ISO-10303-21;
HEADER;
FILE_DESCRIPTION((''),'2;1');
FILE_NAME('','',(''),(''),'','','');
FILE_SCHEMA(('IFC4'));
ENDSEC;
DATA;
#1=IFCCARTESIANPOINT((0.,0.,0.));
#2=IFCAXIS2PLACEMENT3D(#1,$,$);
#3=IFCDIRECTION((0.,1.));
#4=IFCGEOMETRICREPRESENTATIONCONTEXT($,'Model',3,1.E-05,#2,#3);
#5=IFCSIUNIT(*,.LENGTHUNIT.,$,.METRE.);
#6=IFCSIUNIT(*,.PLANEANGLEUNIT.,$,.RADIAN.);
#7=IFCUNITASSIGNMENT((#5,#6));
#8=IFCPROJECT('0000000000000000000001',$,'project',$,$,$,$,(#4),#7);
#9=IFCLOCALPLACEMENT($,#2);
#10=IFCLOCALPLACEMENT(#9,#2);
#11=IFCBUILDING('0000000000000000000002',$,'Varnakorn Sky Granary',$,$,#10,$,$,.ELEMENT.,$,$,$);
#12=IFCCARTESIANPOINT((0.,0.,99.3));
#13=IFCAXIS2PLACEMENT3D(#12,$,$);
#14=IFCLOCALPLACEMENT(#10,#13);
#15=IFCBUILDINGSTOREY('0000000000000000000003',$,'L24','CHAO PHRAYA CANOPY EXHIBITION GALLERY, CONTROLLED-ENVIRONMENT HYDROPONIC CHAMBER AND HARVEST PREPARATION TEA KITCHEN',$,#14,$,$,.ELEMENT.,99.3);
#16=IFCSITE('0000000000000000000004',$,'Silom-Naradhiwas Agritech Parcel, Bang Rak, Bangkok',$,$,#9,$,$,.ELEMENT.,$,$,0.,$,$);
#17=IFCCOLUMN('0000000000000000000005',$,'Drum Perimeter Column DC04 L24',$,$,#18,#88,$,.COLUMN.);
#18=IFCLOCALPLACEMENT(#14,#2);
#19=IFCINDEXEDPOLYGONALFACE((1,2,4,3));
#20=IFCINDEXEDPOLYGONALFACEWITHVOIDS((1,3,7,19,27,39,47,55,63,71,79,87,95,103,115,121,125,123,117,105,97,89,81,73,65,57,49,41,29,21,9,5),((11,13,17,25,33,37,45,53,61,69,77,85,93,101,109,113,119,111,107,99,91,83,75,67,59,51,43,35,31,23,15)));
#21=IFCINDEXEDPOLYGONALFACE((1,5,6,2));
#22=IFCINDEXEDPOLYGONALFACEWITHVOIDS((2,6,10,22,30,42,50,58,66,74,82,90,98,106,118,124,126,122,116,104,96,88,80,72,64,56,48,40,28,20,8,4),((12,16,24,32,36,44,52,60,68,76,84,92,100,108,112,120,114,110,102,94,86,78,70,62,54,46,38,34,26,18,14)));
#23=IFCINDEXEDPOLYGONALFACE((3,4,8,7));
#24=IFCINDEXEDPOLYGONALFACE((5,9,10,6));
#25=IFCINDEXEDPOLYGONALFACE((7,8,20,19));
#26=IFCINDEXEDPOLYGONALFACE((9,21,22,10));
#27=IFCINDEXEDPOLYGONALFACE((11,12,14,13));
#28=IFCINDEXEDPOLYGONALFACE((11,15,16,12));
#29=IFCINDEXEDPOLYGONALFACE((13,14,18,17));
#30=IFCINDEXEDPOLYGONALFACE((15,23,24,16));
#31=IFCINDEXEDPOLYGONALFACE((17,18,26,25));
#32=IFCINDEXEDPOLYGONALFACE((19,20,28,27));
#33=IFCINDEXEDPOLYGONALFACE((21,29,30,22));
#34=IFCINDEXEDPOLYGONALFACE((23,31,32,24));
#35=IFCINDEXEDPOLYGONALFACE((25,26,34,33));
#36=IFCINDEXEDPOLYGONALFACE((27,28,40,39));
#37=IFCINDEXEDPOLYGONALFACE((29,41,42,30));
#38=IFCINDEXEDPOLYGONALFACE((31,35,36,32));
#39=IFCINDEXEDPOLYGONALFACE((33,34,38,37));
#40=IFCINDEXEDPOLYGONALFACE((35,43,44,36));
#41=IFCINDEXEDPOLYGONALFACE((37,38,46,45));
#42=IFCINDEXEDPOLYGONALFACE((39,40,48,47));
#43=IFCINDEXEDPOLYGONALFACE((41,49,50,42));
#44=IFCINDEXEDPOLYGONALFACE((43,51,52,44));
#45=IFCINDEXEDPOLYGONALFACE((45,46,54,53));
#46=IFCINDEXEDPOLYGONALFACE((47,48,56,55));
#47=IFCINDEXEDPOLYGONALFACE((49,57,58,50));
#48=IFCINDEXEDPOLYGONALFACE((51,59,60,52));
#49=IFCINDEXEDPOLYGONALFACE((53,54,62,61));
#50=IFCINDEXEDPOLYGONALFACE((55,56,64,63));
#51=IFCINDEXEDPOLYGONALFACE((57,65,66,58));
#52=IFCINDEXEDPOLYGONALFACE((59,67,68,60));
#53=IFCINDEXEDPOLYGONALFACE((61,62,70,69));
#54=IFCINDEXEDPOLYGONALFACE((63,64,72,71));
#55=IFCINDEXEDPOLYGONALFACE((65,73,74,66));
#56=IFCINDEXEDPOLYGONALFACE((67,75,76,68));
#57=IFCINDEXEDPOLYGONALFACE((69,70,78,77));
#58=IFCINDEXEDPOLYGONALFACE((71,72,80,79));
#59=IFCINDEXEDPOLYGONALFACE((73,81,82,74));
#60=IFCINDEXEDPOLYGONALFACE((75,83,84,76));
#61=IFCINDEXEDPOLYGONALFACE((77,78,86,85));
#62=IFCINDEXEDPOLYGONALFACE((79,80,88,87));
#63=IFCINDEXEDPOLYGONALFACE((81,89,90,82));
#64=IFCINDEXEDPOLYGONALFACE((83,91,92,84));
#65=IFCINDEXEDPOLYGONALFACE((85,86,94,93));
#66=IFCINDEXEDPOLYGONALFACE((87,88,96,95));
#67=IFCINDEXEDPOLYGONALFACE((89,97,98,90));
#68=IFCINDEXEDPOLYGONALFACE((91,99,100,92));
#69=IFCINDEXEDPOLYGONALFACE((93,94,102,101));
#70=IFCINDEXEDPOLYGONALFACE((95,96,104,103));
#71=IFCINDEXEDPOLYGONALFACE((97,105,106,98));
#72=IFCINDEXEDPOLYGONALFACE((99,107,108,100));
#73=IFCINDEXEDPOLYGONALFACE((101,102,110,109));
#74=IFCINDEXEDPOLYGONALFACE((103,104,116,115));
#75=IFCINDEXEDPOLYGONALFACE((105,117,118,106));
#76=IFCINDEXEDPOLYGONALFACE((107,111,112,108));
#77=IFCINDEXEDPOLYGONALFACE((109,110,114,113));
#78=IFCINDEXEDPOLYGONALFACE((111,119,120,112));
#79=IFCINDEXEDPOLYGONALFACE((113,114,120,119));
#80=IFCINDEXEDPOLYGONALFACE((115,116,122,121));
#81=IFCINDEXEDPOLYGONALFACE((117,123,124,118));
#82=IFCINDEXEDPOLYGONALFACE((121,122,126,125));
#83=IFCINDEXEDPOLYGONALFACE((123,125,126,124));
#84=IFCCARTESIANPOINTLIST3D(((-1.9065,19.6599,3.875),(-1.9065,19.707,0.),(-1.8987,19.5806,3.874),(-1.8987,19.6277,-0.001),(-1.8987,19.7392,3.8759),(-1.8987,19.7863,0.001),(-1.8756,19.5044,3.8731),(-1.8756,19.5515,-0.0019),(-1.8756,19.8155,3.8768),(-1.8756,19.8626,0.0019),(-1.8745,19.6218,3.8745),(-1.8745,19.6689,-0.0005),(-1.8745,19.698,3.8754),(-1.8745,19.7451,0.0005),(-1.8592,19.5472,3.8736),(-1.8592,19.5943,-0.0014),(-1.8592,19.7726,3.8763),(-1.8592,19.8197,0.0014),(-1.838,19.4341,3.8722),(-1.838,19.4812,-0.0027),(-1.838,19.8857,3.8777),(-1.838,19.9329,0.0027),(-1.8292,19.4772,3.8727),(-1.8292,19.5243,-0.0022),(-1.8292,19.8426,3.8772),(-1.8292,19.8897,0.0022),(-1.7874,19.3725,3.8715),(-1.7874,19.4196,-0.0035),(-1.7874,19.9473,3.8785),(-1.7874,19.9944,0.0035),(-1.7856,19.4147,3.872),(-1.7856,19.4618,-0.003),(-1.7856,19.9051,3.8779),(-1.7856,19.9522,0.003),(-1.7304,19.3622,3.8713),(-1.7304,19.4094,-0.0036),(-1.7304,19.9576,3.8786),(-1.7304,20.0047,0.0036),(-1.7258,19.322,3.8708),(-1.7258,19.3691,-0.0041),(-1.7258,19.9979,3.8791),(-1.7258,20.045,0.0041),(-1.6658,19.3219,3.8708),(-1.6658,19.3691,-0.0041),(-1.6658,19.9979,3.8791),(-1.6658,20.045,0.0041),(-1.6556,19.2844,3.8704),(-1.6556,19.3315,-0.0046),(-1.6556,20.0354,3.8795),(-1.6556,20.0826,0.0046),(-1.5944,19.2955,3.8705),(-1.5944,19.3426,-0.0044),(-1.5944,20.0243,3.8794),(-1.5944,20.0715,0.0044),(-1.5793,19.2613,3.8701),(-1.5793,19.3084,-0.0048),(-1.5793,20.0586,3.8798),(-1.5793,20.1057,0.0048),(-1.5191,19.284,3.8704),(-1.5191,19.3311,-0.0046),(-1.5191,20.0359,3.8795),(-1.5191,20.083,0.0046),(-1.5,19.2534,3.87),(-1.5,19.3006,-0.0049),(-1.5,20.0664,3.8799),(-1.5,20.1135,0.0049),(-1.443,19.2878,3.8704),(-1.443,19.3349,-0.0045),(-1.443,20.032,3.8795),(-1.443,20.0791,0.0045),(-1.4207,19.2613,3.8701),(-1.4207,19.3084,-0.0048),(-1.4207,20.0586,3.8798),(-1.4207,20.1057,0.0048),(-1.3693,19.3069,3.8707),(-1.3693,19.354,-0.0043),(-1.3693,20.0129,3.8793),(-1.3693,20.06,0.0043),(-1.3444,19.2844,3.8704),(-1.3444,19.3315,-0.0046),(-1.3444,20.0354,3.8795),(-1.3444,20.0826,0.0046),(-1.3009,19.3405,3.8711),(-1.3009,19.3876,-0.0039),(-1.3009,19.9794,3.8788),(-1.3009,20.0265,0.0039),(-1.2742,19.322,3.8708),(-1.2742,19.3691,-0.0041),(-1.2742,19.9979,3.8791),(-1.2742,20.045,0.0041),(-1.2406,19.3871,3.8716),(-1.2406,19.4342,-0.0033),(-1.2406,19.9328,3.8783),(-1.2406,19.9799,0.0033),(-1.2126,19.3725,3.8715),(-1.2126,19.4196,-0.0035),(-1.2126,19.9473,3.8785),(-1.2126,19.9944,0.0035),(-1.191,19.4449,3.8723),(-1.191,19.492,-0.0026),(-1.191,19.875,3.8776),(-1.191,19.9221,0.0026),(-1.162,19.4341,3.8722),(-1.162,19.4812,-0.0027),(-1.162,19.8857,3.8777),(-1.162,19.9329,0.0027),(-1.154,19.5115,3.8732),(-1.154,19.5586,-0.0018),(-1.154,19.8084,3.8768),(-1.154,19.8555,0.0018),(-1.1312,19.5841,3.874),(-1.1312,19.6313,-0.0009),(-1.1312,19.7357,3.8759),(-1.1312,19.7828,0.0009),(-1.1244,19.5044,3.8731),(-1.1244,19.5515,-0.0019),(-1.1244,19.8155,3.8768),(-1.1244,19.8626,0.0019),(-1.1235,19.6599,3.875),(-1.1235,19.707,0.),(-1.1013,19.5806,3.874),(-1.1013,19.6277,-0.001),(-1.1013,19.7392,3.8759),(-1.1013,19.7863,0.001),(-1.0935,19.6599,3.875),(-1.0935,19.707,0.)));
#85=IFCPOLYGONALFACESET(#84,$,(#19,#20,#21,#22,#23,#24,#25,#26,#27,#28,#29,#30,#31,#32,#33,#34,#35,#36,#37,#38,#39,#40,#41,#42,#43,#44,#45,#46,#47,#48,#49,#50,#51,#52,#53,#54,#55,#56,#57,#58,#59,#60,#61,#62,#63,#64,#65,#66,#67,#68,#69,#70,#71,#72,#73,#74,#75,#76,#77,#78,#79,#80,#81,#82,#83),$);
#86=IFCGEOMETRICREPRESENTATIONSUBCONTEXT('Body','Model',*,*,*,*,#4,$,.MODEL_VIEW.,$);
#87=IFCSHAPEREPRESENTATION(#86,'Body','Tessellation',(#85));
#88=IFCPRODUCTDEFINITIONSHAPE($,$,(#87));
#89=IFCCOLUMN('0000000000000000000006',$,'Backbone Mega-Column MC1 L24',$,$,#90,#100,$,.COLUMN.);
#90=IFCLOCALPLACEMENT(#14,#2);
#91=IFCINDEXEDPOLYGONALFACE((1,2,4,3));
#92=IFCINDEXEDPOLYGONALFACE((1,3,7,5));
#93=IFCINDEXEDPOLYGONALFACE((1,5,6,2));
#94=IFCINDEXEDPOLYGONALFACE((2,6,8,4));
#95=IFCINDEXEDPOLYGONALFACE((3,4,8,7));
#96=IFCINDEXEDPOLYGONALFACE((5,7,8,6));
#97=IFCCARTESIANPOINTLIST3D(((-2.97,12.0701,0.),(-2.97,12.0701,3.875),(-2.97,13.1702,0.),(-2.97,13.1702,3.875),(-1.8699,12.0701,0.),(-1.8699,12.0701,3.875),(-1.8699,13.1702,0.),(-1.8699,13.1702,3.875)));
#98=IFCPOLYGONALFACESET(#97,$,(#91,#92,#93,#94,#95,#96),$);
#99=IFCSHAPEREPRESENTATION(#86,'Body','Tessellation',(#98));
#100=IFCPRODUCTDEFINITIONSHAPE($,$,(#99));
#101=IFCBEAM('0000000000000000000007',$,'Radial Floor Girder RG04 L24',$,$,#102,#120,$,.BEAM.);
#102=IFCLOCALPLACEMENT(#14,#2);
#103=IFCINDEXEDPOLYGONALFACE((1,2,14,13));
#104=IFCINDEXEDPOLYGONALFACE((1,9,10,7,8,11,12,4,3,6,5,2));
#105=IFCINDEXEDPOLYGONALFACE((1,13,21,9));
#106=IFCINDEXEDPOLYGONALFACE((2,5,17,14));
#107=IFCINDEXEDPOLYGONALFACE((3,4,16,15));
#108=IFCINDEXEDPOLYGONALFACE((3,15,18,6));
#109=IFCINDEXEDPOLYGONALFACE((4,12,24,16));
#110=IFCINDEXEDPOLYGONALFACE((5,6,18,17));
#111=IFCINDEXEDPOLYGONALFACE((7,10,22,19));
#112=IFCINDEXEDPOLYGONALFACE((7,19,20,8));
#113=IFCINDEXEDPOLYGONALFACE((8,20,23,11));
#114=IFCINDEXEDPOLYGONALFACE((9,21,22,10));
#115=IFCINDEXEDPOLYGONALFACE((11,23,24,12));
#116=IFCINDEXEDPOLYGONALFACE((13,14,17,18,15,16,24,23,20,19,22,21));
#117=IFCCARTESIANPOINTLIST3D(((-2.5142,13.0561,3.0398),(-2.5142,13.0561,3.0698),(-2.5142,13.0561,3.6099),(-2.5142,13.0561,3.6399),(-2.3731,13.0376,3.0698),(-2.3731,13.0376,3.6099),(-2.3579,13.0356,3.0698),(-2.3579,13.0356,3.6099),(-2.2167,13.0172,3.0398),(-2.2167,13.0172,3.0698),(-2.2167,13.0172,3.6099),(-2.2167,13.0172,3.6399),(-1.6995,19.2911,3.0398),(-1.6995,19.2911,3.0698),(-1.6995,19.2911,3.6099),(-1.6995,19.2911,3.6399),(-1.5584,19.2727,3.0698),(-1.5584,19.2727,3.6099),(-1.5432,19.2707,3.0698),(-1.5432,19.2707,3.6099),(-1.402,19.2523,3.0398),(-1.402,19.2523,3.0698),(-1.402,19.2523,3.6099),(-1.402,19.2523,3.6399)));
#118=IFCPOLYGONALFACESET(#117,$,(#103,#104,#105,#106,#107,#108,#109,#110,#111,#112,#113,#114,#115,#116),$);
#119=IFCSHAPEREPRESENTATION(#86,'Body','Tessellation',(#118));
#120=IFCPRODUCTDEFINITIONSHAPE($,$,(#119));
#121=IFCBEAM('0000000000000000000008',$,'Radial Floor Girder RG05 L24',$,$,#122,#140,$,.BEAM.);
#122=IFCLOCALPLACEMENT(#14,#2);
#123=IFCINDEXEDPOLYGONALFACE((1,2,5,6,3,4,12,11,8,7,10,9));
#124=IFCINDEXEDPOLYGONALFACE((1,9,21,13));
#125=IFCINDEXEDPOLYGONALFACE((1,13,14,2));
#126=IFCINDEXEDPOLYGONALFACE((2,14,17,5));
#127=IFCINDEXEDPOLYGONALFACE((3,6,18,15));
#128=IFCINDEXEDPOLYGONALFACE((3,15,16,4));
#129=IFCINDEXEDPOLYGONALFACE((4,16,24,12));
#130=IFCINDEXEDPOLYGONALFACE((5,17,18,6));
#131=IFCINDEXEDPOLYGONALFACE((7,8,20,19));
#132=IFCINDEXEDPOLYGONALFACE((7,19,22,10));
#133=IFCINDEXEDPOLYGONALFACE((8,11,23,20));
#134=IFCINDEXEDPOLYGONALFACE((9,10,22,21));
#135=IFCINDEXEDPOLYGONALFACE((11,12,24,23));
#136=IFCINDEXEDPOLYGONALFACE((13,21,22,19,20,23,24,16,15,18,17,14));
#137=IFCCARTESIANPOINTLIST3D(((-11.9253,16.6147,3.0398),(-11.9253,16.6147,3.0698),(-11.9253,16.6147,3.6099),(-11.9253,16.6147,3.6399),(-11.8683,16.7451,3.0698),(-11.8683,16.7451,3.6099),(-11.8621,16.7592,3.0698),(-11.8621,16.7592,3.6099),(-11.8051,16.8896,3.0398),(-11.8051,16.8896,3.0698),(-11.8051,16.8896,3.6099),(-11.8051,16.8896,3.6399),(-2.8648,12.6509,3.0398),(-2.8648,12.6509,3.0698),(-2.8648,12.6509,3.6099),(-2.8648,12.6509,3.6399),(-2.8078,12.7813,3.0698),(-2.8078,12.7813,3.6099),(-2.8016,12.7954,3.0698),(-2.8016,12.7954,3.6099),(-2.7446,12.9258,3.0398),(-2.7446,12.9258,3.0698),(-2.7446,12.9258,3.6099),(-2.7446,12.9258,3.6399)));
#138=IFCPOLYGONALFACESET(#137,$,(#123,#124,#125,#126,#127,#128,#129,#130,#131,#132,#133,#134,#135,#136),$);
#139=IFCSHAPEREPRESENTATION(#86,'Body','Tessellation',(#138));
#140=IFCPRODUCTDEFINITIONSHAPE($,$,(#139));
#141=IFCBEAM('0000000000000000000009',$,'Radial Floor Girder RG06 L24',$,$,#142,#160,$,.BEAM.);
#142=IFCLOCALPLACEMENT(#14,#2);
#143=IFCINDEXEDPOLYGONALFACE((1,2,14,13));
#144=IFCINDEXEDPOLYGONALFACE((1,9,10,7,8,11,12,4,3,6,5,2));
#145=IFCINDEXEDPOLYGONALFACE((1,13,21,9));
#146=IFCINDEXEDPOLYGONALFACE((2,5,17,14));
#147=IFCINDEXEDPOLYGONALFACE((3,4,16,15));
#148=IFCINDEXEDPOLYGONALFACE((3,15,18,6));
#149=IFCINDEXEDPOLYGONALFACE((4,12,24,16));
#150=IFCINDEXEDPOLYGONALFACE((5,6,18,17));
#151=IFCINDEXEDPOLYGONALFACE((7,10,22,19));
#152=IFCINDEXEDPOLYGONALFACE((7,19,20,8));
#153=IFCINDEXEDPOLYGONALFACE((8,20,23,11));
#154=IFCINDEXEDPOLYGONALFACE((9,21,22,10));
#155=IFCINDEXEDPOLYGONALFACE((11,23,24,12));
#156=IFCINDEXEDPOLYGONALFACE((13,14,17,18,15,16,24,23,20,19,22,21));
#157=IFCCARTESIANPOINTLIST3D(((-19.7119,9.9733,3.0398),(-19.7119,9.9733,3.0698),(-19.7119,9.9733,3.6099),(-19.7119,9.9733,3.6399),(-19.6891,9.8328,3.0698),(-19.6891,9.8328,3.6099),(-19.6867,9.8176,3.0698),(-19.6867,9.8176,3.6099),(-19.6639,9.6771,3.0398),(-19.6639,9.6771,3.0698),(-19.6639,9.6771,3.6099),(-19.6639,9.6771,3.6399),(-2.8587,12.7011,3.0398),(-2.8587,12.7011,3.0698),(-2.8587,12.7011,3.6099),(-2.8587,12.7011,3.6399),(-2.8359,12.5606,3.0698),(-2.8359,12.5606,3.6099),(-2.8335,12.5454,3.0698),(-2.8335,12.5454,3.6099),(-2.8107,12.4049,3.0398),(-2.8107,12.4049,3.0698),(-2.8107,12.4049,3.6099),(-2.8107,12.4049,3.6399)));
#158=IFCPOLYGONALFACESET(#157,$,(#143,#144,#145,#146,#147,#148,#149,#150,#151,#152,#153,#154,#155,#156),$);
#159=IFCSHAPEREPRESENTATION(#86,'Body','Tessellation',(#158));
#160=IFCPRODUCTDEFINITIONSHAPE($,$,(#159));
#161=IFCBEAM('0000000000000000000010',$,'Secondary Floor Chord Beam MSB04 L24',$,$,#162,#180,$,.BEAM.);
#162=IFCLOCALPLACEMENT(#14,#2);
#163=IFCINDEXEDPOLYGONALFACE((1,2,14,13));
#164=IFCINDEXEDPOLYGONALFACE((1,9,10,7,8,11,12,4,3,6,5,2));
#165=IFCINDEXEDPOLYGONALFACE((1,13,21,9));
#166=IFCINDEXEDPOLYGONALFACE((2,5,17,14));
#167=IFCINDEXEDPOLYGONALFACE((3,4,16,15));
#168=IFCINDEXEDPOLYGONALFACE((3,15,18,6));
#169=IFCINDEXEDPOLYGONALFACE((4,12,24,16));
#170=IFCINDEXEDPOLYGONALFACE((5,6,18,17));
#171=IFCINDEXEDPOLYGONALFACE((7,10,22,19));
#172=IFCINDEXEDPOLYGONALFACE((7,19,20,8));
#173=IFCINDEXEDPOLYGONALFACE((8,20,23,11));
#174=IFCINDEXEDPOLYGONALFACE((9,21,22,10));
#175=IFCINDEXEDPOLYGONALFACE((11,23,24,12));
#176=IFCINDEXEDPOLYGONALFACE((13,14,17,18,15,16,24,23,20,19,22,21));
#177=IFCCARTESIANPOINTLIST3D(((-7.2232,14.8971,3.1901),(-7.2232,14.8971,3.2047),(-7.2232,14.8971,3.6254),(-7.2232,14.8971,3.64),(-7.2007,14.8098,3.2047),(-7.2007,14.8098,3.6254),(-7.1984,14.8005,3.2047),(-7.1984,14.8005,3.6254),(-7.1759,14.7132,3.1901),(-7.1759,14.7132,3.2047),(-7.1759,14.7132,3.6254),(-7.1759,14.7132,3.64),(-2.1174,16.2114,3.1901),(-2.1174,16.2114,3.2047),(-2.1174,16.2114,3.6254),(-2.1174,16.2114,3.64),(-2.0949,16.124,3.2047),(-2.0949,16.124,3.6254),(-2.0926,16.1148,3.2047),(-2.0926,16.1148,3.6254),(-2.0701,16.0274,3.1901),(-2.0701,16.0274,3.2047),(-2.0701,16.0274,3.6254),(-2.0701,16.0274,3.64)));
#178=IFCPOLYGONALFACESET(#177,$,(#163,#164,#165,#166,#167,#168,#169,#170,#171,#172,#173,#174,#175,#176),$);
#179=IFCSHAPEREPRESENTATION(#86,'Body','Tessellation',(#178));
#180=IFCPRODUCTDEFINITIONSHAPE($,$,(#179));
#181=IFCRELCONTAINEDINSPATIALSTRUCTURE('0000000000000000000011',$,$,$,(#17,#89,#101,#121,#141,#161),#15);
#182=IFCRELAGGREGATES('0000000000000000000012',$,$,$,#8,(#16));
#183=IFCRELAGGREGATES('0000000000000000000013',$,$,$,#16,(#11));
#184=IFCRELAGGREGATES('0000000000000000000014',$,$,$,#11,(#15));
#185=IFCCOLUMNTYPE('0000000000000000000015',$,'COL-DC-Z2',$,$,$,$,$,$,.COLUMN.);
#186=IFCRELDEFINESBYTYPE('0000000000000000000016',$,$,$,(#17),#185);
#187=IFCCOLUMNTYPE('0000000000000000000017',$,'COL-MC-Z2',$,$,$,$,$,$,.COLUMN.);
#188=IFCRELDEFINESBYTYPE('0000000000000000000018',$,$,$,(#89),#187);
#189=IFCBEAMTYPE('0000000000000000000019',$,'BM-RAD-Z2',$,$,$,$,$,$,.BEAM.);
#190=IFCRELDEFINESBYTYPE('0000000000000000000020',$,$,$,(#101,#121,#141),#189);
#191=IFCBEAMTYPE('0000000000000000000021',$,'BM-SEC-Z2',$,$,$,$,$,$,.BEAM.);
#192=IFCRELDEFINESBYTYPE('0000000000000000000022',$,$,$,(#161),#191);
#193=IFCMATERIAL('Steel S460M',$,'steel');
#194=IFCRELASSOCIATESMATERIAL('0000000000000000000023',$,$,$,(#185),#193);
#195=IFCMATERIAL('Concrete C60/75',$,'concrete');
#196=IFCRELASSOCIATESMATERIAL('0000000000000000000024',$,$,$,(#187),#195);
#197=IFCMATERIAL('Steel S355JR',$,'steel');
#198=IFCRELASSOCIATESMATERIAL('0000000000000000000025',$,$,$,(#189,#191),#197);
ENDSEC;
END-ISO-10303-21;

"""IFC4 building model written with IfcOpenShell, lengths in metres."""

from ifc_helpers import new_model, si_unit, direction, frame, origin, origin_2d, place, context, subcontext, project, spatial, rectangle, hollow_circle, i_section, extrude, material, material_profile, profile_set, type_object, element, save


model = new_model("IFC4")

# Units and contexts
model_context = context("Model", 3, precision=1e-05, world=origin(), true_north=direction((0.0, 1.0)))
body_context = subcontext(model_context, "Body", "Model", "MODEL_VIEW")
ifc_project = project(units=[si_unit("LENGTHUNIT", "METRE"), si_unit("PLANEANGLEUNIT", "RADIAN")], contexts=[model_context])

# Site, building, storey
site_placement = place(None, origin())
site = spatial("IfcSite", under=ifc_project, at=site_placement, Name="Silom-Naradhiwas Agritech Parcel, Bang Rak, Bangkok", CompositionType="ELEMENT", RefElevation=0.0)
building_placement = place(site_placement, origin())
building = spatial("IfcBuilding", under=site, at=building_placement, Name="Varnakorn Sky Granary", CompositionType="ELEMENT")
storey_placement = place(building_placement, frame((0.0, 0.0, 99.3)))
storey = spatial("IfcBuildingStorey", under=building, at=storey_placement, Name="L24", Description="CHAO PHRAYA CANOPY EXHIBITION GALLERY, CONTROLLED-ENVIRONMENT HYDROPONIC CHAMBER AND HARVEST PREPARATION TEA KITCHEN", CompositionType="ELEMENT", Elevation=99.3)

# Columns
ifc_material_1 = material(Name="Steel S460M", Category="steel")
ifc_material_profile_1 = material_profile(ifc_material_1, hollow_circle(Radius=0.4065, WallThickness=0.03, at=origin_2d()), Name="CHS 813x30")
ifc_profile_set_1 = profile_set([ifc_material_profile_1], Name="Steel S460M")
column_type_1 = type_object("IfcColumnType", Name="COL-DC-Z2", PredefinedType="COLUMN", material=ifc_profile_set_1)
column_1_placement = place(storey_placement, frame((-1.5, 19.707, 0.0), z_axis=(0.0, -0.012159, 0.999926), x_axis=(1.0, 0.0, 0.0)))
element("IfcColumn", 1, at=column_1_placement, inside=storey, type_object=column_type_1, Name="Drum Perimeter Column DC04 L24", PredefinedType="COLUMN", context=body_context, shape_type="SweptSolid", body=[
    extrude(hollow_circle(Radius=0.4065, WallThickness=0.03, at=origin_2d()), origin(), (0.0, 0.0, 1.0), 3.8752),
])
ifc_material_2 = material(Name="Concrete C60/75", Category="concrete")
ifc_material_profile_2 = material_profile(ifc_material_2, rectangle(XDim=1.1001, YDim=1.1001, at=origin_2d()), Name="RC 1100x1100")
ifc_profile_set_2 = profile_set([ifc_material_profile_2], Name="Concrete C60/75")
column_type_2 = type_object("IfcColumnType", Name="COL-MC-Z2", PredefinedType="COLUMN", material=ifc_profile_set_2)
column_2_placement = place(storey_placement, frame((-2.4199, 12.6201, 0.0), z_axis=(0.0, 0.0, 1.0), x_axis=(1.0, 0.0, 0.0)))
element("IfcColumn", 2, at=column_2_placement, inside=storey, type_object=column_type_2, Name="Backbone Mega-Column MC1 L24", PredefinedType="COLUMN", context=body_context, shape_type="SweptSolid", body=[
    extrude(rectangle(XDim=1.1001, YDim=1.1001, at=origin_2d()), origin(), (0.0, 0.0, 1.0), 3.875),
])

# Beams
ifc_material_3 = material(Name="Steel S355JR", Category="steel")
ifc_material_profile_3 = material_profile(ifc_material_3, i_section(OverallWidth=0.3, OverallDepth=0.6001, WebThickness=0.0154, FlangeThickness=0.03, at=origin_2d()), Name="HE 600 B")
ifc_profile_set_3 = profile_set([ifc_material_profile_3], Name="Steel S355JR")
beam_type_1 = type_object("IfcBeamType", Name="BM-RAD-Z2", PredefinedType="BEAM", material=ifc_profile_set_3)
beam_1_placement = place(storey_placement, frame((-2.3655, 13.0366, 3.3398), z_axis=(0.129562, 0.991571, 0.0), x_axis=(-0.991571, 0.129562, 0.0)))
element("IfcBeam", 3, at=beam_1_placement, inside=storey, type_object=beam_type_1, Name="Radial Floor Girder RG04 L24", PredefinedType="BEAM", context=body_context, shape_type="SweptSolid", body=[
    extrude(i_section(OverallWidth=0.3, OverallDepth=0.6001, WebThickness=0.0154, FlangeThickness=0.03, at=origin_2d()), origin(), (0.0, 0.0, 1.0), 6.2881),
])
beam_2_placement = place(storey_placement, frame((-2.8047, 12.7883, 3.3398), z_axis=(-0.916162, 0.400808, 0.0), x_axis=(-0.400808, -0.916162, 0.0)))
element("IfcBeam", 4, at=beam_2_placement, inside=storey, type_object=beam_type_1, Name="Radial Floor Girder RG05 L24", PredefinedType="BEAM", context=body_context, shape_type="SweptSolid", body=[
    extrude(i_section(OverallWidth=0.3, OverallDepth=0.6001, WebThickness=0.0154, FlangeThickness=0.03, at=origin_2d()), origin(), (0.0, 0.0, 1.0), 9.8896),
])
beam_3_placement = place(storey_placement, frame((-2.8347, 12.553, 3.3398), z_axis=(-0.987153, -0.159776, 0.0), x_axis=(0.159776, -0.987153, 0.0)))
element("IfcBeam", 5, at=beam_3_placement, inside=storey, type_object=beam_type_1, Name="Radial Floor Girder RG06 L24", PredefinedType="BEAM", context=body_context, shape_type="SweptSolid", body=[
    extrude(i_section(OverallWidth=0.3, OverallDepth=0.6001, WebThickness=0.0154, FlangeThickness=0.03, at=origin_2d()), origin(), (0.0, 0.0, 1.0), 17.0725),
])
ifc_material_profile_4 = material_profile(ifc_material_3, i_section(OverallWidth=0.1899, OverallDepth=0.45, WebThickness=0.0095, FlangeThickness=0.0146, at=origin_2d()), Name="IPE 450")
ifc_profile_set_4 = profile_set([ifc_material_profile_4], Name="Steel S355JR")
beam_type_2 = type_object("IfcBeamType", Name="BM-SEC-Z2", PredefinedType="BEAM", material=ifc_profile_set_4)
beam_4_placement = place(storey_placement, frame((-2.0938, 16.1194, 3.415), z_axis=(-0.968433, -0.249274, 0.0), x_axis=(0.249274, -0.968433, 0.0)))
element("IfcBeam", 6, at=beam_4_placement, inside=storey, type_object=beam_type_2, Name="Secondary Floor Chord Beam MSB04 L24", PredefinedType="BEAM", context=body_context, shape_type="SweptSolid", body=[
    extrude(i_section(OverallWidth=0.1899, OverallDepth=0.45, WebThickness=0.0095, FlangeThickness=0.0146, at=origin_2d()), origin(), (0.0, 0.0, 1.0), 5.2722),
])

save(model, "model.ifc")
